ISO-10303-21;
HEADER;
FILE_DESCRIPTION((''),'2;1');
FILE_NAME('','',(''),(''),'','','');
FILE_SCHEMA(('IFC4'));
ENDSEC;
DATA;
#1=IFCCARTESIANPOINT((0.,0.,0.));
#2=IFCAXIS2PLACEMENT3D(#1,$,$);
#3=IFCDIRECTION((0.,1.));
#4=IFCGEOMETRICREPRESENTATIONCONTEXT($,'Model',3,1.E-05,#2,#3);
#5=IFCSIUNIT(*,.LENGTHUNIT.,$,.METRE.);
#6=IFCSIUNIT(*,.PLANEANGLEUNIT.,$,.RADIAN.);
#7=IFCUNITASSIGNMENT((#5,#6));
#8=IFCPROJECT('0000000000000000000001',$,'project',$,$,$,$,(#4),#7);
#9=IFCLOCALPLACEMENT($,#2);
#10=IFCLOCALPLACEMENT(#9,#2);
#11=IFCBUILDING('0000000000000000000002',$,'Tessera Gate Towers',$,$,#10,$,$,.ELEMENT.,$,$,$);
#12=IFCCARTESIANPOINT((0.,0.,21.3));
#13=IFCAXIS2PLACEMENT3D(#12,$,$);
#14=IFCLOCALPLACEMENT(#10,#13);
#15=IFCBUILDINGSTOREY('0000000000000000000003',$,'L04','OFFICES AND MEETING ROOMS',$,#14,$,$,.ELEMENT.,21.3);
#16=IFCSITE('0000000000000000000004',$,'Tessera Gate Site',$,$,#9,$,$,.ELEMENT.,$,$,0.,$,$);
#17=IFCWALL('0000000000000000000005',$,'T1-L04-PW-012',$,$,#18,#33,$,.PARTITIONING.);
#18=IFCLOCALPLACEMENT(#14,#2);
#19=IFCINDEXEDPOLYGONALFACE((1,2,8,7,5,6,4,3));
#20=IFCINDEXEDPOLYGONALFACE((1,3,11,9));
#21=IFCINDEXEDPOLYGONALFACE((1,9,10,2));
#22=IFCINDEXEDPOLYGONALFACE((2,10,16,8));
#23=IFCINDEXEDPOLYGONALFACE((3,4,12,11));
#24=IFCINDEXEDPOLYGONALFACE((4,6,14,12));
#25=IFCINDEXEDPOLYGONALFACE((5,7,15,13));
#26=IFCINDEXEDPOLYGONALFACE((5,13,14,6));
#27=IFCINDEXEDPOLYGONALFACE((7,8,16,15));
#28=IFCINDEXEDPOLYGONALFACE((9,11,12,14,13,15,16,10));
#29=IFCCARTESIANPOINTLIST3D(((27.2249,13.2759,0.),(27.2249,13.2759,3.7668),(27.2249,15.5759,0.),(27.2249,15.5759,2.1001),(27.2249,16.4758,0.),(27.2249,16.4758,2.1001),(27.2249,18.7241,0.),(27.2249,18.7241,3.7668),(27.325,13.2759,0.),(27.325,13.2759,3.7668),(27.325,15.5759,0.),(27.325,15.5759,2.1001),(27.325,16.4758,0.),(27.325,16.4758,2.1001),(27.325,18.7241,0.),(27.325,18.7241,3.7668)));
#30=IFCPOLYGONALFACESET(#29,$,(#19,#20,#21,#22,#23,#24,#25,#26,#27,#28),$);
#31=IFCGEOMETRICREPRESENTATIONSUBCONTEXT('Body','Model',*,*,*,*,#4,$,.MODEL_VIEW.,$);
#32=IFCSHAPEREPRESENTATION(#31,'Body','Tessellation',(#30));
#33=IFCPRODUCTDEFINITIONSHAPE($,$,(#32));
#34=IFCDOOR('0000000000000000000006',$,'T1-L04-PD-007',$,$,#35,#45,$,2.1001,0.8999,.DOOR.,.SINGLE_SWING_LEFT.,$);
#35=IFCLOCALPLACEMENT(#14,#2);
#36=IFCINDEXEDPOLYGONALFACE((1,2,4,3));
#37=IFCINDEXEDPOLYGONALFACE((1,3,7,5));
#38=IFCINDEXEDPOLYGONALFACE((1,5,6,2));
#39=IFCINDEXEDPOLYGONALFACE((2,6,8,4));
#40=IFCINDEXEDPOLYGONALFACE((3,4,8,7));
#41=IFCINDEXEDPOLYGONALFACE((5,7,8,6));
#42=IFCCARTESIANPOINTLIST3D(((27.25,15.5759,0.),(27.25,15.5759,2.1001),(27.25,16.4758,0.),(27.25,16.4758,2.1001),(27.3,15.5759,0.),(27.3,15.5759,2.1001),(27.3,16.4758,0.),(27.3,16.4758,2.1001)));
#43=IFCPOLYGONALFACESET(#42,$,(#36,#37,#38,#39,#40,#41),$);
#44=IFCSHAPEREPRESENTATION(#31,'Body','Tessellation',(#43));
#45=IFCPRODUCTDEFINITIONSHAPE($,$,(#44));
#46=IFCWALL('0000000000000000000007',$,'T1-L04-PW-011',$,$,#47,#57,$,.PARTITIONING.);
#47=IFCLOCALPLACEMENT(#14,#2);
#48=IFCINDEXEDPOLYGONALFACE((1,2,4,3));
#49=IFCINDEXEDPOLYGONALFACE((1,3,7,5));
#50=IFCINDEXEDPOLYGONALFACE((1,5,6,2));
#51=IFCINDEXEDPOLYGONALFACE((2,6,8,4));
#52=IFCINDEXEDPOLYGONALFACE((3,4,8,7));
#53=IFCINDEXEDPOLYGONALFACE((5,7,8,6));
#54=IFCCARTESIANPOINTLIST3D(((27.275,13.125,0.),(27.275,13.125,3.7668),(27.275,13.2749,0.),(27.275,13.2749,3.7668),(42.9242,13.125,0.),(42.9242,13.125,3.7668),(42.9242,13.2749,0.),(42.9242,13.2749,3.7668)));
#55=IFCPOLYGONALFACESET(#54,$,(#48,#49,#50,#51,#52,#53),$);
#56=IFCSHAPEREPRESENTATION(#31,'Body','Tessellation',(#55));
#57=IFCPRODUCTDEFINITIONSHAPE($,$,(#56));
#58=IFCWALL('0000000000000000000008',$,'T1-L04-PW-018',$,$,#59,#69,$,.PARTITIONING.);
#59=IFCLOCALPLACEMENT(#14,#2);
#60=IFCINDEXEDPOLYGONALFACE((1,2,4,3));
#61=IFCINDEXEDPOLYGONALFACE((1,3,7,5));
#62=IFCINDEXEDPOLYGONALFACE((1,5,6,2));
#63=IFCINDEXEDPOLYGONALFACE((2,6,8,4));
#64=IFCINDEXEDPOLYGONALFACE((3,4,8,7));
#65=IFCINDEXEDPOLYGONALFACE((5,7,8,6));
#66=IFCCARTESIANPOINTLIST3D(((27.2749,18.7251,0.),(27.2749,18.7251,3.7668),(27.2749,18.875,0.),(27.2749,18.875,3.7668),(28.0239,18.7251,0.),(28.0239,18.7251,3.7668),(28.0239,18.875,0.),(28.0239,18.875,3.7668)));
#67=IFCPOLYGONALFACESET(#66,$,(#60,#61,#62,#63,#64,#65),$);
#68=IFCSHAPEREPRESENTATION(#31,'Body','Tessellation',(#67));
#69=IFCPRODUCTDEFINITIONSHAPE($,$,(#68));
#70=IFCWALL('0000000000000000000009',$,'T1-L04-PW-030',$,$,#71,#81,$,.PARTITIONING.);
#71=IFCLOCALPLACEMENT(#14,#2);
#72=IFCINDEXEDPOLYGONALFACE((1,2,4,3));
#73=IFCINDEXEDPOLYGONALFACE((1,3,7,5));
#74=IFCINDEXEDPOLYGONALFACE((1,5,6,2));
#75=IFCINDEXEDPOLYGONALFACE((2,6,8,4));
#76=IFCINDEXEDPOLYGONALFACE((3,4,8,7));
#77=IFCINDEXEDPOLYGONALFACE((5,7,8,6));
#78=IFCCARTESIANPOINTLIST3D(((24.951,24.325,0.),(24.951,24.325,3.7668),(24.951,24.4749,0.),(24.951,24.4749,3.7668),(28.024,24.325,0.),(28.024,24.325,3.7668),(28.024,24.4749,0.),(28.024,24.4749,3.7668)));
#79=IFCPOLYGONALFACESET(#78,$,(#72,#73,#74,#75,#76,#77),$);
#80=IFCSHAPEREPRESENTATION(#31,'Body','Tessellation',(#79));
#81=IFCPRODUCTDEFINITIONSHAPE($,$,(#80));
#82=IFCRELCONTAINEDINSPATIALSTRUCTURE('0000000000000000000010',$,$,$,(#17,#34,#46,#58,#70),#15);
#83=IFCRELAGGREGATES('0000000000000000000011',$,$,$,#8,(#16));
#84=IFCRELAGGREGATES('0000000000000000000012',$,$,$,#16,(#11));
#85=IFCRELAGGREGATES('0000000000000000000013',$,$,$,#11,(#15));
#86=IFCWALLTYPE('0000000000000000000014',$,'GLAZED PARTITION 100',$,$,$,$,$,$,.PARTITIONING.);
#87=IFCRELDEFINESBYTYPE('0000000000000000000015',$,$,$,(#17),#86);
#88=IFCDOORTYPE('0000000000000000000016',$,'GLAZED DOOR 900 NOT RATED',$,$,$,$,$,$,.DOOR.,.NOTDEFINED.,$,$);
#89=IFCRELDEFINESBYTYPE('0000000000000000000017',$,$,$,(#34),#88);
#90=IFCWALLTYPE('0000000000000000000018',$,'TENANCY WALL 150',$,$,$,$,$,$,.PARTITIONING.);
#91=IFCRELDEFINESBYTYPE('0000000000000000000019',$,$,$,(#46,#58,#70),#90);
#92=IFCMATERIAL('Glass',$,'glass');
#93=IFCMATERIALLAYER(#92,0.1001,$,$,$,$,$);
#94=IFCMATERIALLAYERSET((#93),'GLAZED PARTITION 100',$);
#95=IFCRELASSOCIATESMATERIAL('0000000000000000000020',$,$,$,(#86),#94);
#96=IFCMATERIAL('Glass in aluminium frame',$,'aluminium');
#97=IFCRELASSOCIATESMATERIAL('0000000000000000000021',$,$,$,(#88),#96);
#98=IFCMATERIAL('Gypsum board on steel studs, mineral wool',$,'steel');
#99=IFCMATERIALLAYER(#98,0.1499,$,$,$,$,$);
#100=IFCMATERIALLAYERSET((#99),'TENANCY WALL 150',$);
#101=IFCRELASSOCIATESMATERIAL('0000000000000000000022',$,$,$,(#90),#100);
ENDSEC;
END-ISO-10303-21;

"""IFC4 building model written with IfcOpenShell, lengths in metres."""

from ifc_helpers import new_model, si_unit, direction, frame, frame_2d, origin, place, context, subcontext, project, spatial, rectangle, extrude, source, transform, mapped, material, layer, layer_set, type_object, element, fill, save


model = new_model("IFC4")

# Units and contexts
model_context = context("Model", 3, precision=1e-05, world=origin(), true_north=direction((0.0, 1.0)))
body_context = subcontext(model_context, "Body", "Model", "MODEL_VIEW")
ifc_project = project(units=[si_unit("LENGTHUNIT", "METRE"), si_unit("PLANEANGLEUNIT", "RADIAN")], contexts=[model_context])

# Site, building, storey
site_placement = place(None, origin())
site = spatial("IfcSite", under=ifc_project, at=site_placement, Name="Tessera Gate Site", CompositionType="ELEMENT", RefElevation=0.0)
building_placement = place(site_placement, origin())
building = spatial("IfcBuilding", under=site, at=building_placement, Name="Tessera Gate Towers", CompositionType="ELEMENT")
storey_placement = place(building_placement, frame((0.0, 0.0, 21.3)))
storey = spatial("IfcBuildingStorey", under=building, at=storey_placement, Name="L04", Description="OFFICES AND MEETING ROOMS", CompositionType="ELEMENT", Elevation=21.3)

# Shared definitions
shared_shape_1 = source(origin(), body_context, "Body", "SweptSolid", [
    extrude(rectangle(XDim=0.8999, YDim=2.1001, at=frame_2d((0.45, 1.05))), frame((0.0, 0.0249, 0.0), z_axis=(0.0, -1.0, 0.0), x_axis=(1.0, 0.0, 0.0)), (0.0, 0.0, 1.0), 0.05),
])

# Shared definitions
ifc_material_1 = material(Name="Glass", Category="glass")
ifc_layer_1 = layer(ifc_material_1, 0.1001)
ifc_layer_set_1 = layer_set([ifc_layer_1], Name="GLAZED PARTITION 100")
wall_type_1 = type_object("IfcWallType", Name="GLAZED PARTITION 100", PredefinedType="PARTITIONING", material=ifc_layer_set_1)

# Wall, opening, door
shared_shape_2 = source(origin(), body_context, "Body", "SweptSolid", [
    extrude(rectangle(XDim=0.8999, YDim=2.1001, at=frame_2d((0.45, 1.05))), frame((0.0, 0.0601, 0.0), z_axis=(0.0, -1.0, 0.0), x_axis=(1.0, 0.0, 0.0)), (0.0, 0.0, 1.0), 0.1201),
])
ifc_material_2 = material(Name="Glass in aluminium frame", Category="aluminium")
door_type_1 = type_object("IfcDoorType", Name="GLAZED DOOR 900 NOT RATED", OperationType="NOTDEFINED", PredefinedType="DOOR", material=ifc_material_2)
wall_1_placement = place(storey_placement, frame((27.2749, 13.2759, 0.0), z_axis=(0.0, 0.0, 1.0), x_axis=(0.0, 1.0, 0.0)))
wall_1 = element("IfcWall", 1, at=wall_1_placement, inside=storey, type_object=wall_type_1, Name="T1-L04-PW-012", PredefinedType="PARTITIONING", context=body_context, shape_type="SweptSolid", body=[
    extrude(rectangle(XDim=5.4482, YDim=0.1001, at=frame_2d((2.7241, 0.0))), origin(), (0.0, 0.0, 1.0), 3.7668),
])
opening_1_placement = place(wall_1_placement, frame((2.3, 0.0, 0.0)))
opening_1 = element("IfcOpeningElement", 2, at=opening_1_placement, cuts=wall_1, PredefinedType="OPENING", context=body_context, shape_type="MappedRepresentation", body=[
    mapped(shared_shape_2, transform((0.0, 0.0, 0.0), scale=1.0)),
])
door_1_placement = place(opening_1_placement, origin())
door_1 = element("IfcDoor", 3, at=door_1_placement, inside=storey, type_object=door_type_1, Name="T1-L04-PD-007", OperationType="SINGLE_SWING_LEFT", OverallHeight=2.1001, OverallWidth=0.8999, PredefinedType="DOOR", context=body_context, shape_type="MappedRepresentation", body=[
    mapped(shared_shape_1, transform((0.0, 0.0, 0.0), scale=1.0)),
])
fill(opening_1, door_1)

# Walls
ifc_material_3 = material(Name="Gypsum board on steel studs, mineral wool", Category="steel")
ifc_layer_2 = layer(ifc_material_3, 0.1499)
ifc_layer_set_2 = layer_set([ifc_layer_2], Name="TENANCY WALL 150")
wall_type_2 = type_object("IfcWallType", Name="TENANCY WALL 150", PredefinedType="PARTITIONING", material=ifc_layer_set_2)
wall_2_placement = place(storey_placement, frame((27.2749, 13.2, 0.0), z_axis=(0.0, 0.0, 1.0), x_axis=(1.0, 0.0, 0.0)))
element("IfcWall", 4, at=wall_2_placement, inside=storey, type_object=wall_type_2, Name="T1-L04-PW-011", PredefinedType="PARTITIONING", context=body_context, shape_type="SweptSolid", body=[
    extrude(rectangle(XDim=15.6492, YDim=0.1499, at=frame_2d((7.8247, 0.0))), origin(), (0.0, 0.0, 1.0), 3.7668),
])
wall_3_placement = place(storey_placement, frame((27.2749, 18.8, 0.0), z_axis=(0.0, 0.0, 1.0), x_axis=(1.0, 0.0, 0.0)))
element("IfcWall", 5, at=wall_3_placement, inside=storey, type_object=wall_type_2, Name="T1-L04-PW-018", PredefinedType="PARTITIONING", context=body_context, shape_type="SweptSolid", body=[
    extrude(rectangle(XDim=0.749, YDim=0.1499, at=frame_2d((0.3745, 0.0))), origin(), (0.0, 0.0, 1.0), 3.7668),
])
wall_4_placement = place(storey_placement, frame((24.9509, 24.3999, 0.0), z_axis=(0.0, 0.0, 1.0), x_axis=(1.0, 0.0, 0.0)))
element("IfcWall", 6, at=wall_4_placement, inside=storey, type_object=wall_type_2, Name="T1-L04-PW-030", PredefinedType="PARTITIONING", context=body_context, shape_type="SweptSolid", body=[
    extrude(rectangle(XDim=3.073, YDim=0.1499, at=frame_2d((1.5366, 0.0))), origin(), (0.0, 0.0, 1.0), 3.7668),
])

save(model, "model.ifc")
